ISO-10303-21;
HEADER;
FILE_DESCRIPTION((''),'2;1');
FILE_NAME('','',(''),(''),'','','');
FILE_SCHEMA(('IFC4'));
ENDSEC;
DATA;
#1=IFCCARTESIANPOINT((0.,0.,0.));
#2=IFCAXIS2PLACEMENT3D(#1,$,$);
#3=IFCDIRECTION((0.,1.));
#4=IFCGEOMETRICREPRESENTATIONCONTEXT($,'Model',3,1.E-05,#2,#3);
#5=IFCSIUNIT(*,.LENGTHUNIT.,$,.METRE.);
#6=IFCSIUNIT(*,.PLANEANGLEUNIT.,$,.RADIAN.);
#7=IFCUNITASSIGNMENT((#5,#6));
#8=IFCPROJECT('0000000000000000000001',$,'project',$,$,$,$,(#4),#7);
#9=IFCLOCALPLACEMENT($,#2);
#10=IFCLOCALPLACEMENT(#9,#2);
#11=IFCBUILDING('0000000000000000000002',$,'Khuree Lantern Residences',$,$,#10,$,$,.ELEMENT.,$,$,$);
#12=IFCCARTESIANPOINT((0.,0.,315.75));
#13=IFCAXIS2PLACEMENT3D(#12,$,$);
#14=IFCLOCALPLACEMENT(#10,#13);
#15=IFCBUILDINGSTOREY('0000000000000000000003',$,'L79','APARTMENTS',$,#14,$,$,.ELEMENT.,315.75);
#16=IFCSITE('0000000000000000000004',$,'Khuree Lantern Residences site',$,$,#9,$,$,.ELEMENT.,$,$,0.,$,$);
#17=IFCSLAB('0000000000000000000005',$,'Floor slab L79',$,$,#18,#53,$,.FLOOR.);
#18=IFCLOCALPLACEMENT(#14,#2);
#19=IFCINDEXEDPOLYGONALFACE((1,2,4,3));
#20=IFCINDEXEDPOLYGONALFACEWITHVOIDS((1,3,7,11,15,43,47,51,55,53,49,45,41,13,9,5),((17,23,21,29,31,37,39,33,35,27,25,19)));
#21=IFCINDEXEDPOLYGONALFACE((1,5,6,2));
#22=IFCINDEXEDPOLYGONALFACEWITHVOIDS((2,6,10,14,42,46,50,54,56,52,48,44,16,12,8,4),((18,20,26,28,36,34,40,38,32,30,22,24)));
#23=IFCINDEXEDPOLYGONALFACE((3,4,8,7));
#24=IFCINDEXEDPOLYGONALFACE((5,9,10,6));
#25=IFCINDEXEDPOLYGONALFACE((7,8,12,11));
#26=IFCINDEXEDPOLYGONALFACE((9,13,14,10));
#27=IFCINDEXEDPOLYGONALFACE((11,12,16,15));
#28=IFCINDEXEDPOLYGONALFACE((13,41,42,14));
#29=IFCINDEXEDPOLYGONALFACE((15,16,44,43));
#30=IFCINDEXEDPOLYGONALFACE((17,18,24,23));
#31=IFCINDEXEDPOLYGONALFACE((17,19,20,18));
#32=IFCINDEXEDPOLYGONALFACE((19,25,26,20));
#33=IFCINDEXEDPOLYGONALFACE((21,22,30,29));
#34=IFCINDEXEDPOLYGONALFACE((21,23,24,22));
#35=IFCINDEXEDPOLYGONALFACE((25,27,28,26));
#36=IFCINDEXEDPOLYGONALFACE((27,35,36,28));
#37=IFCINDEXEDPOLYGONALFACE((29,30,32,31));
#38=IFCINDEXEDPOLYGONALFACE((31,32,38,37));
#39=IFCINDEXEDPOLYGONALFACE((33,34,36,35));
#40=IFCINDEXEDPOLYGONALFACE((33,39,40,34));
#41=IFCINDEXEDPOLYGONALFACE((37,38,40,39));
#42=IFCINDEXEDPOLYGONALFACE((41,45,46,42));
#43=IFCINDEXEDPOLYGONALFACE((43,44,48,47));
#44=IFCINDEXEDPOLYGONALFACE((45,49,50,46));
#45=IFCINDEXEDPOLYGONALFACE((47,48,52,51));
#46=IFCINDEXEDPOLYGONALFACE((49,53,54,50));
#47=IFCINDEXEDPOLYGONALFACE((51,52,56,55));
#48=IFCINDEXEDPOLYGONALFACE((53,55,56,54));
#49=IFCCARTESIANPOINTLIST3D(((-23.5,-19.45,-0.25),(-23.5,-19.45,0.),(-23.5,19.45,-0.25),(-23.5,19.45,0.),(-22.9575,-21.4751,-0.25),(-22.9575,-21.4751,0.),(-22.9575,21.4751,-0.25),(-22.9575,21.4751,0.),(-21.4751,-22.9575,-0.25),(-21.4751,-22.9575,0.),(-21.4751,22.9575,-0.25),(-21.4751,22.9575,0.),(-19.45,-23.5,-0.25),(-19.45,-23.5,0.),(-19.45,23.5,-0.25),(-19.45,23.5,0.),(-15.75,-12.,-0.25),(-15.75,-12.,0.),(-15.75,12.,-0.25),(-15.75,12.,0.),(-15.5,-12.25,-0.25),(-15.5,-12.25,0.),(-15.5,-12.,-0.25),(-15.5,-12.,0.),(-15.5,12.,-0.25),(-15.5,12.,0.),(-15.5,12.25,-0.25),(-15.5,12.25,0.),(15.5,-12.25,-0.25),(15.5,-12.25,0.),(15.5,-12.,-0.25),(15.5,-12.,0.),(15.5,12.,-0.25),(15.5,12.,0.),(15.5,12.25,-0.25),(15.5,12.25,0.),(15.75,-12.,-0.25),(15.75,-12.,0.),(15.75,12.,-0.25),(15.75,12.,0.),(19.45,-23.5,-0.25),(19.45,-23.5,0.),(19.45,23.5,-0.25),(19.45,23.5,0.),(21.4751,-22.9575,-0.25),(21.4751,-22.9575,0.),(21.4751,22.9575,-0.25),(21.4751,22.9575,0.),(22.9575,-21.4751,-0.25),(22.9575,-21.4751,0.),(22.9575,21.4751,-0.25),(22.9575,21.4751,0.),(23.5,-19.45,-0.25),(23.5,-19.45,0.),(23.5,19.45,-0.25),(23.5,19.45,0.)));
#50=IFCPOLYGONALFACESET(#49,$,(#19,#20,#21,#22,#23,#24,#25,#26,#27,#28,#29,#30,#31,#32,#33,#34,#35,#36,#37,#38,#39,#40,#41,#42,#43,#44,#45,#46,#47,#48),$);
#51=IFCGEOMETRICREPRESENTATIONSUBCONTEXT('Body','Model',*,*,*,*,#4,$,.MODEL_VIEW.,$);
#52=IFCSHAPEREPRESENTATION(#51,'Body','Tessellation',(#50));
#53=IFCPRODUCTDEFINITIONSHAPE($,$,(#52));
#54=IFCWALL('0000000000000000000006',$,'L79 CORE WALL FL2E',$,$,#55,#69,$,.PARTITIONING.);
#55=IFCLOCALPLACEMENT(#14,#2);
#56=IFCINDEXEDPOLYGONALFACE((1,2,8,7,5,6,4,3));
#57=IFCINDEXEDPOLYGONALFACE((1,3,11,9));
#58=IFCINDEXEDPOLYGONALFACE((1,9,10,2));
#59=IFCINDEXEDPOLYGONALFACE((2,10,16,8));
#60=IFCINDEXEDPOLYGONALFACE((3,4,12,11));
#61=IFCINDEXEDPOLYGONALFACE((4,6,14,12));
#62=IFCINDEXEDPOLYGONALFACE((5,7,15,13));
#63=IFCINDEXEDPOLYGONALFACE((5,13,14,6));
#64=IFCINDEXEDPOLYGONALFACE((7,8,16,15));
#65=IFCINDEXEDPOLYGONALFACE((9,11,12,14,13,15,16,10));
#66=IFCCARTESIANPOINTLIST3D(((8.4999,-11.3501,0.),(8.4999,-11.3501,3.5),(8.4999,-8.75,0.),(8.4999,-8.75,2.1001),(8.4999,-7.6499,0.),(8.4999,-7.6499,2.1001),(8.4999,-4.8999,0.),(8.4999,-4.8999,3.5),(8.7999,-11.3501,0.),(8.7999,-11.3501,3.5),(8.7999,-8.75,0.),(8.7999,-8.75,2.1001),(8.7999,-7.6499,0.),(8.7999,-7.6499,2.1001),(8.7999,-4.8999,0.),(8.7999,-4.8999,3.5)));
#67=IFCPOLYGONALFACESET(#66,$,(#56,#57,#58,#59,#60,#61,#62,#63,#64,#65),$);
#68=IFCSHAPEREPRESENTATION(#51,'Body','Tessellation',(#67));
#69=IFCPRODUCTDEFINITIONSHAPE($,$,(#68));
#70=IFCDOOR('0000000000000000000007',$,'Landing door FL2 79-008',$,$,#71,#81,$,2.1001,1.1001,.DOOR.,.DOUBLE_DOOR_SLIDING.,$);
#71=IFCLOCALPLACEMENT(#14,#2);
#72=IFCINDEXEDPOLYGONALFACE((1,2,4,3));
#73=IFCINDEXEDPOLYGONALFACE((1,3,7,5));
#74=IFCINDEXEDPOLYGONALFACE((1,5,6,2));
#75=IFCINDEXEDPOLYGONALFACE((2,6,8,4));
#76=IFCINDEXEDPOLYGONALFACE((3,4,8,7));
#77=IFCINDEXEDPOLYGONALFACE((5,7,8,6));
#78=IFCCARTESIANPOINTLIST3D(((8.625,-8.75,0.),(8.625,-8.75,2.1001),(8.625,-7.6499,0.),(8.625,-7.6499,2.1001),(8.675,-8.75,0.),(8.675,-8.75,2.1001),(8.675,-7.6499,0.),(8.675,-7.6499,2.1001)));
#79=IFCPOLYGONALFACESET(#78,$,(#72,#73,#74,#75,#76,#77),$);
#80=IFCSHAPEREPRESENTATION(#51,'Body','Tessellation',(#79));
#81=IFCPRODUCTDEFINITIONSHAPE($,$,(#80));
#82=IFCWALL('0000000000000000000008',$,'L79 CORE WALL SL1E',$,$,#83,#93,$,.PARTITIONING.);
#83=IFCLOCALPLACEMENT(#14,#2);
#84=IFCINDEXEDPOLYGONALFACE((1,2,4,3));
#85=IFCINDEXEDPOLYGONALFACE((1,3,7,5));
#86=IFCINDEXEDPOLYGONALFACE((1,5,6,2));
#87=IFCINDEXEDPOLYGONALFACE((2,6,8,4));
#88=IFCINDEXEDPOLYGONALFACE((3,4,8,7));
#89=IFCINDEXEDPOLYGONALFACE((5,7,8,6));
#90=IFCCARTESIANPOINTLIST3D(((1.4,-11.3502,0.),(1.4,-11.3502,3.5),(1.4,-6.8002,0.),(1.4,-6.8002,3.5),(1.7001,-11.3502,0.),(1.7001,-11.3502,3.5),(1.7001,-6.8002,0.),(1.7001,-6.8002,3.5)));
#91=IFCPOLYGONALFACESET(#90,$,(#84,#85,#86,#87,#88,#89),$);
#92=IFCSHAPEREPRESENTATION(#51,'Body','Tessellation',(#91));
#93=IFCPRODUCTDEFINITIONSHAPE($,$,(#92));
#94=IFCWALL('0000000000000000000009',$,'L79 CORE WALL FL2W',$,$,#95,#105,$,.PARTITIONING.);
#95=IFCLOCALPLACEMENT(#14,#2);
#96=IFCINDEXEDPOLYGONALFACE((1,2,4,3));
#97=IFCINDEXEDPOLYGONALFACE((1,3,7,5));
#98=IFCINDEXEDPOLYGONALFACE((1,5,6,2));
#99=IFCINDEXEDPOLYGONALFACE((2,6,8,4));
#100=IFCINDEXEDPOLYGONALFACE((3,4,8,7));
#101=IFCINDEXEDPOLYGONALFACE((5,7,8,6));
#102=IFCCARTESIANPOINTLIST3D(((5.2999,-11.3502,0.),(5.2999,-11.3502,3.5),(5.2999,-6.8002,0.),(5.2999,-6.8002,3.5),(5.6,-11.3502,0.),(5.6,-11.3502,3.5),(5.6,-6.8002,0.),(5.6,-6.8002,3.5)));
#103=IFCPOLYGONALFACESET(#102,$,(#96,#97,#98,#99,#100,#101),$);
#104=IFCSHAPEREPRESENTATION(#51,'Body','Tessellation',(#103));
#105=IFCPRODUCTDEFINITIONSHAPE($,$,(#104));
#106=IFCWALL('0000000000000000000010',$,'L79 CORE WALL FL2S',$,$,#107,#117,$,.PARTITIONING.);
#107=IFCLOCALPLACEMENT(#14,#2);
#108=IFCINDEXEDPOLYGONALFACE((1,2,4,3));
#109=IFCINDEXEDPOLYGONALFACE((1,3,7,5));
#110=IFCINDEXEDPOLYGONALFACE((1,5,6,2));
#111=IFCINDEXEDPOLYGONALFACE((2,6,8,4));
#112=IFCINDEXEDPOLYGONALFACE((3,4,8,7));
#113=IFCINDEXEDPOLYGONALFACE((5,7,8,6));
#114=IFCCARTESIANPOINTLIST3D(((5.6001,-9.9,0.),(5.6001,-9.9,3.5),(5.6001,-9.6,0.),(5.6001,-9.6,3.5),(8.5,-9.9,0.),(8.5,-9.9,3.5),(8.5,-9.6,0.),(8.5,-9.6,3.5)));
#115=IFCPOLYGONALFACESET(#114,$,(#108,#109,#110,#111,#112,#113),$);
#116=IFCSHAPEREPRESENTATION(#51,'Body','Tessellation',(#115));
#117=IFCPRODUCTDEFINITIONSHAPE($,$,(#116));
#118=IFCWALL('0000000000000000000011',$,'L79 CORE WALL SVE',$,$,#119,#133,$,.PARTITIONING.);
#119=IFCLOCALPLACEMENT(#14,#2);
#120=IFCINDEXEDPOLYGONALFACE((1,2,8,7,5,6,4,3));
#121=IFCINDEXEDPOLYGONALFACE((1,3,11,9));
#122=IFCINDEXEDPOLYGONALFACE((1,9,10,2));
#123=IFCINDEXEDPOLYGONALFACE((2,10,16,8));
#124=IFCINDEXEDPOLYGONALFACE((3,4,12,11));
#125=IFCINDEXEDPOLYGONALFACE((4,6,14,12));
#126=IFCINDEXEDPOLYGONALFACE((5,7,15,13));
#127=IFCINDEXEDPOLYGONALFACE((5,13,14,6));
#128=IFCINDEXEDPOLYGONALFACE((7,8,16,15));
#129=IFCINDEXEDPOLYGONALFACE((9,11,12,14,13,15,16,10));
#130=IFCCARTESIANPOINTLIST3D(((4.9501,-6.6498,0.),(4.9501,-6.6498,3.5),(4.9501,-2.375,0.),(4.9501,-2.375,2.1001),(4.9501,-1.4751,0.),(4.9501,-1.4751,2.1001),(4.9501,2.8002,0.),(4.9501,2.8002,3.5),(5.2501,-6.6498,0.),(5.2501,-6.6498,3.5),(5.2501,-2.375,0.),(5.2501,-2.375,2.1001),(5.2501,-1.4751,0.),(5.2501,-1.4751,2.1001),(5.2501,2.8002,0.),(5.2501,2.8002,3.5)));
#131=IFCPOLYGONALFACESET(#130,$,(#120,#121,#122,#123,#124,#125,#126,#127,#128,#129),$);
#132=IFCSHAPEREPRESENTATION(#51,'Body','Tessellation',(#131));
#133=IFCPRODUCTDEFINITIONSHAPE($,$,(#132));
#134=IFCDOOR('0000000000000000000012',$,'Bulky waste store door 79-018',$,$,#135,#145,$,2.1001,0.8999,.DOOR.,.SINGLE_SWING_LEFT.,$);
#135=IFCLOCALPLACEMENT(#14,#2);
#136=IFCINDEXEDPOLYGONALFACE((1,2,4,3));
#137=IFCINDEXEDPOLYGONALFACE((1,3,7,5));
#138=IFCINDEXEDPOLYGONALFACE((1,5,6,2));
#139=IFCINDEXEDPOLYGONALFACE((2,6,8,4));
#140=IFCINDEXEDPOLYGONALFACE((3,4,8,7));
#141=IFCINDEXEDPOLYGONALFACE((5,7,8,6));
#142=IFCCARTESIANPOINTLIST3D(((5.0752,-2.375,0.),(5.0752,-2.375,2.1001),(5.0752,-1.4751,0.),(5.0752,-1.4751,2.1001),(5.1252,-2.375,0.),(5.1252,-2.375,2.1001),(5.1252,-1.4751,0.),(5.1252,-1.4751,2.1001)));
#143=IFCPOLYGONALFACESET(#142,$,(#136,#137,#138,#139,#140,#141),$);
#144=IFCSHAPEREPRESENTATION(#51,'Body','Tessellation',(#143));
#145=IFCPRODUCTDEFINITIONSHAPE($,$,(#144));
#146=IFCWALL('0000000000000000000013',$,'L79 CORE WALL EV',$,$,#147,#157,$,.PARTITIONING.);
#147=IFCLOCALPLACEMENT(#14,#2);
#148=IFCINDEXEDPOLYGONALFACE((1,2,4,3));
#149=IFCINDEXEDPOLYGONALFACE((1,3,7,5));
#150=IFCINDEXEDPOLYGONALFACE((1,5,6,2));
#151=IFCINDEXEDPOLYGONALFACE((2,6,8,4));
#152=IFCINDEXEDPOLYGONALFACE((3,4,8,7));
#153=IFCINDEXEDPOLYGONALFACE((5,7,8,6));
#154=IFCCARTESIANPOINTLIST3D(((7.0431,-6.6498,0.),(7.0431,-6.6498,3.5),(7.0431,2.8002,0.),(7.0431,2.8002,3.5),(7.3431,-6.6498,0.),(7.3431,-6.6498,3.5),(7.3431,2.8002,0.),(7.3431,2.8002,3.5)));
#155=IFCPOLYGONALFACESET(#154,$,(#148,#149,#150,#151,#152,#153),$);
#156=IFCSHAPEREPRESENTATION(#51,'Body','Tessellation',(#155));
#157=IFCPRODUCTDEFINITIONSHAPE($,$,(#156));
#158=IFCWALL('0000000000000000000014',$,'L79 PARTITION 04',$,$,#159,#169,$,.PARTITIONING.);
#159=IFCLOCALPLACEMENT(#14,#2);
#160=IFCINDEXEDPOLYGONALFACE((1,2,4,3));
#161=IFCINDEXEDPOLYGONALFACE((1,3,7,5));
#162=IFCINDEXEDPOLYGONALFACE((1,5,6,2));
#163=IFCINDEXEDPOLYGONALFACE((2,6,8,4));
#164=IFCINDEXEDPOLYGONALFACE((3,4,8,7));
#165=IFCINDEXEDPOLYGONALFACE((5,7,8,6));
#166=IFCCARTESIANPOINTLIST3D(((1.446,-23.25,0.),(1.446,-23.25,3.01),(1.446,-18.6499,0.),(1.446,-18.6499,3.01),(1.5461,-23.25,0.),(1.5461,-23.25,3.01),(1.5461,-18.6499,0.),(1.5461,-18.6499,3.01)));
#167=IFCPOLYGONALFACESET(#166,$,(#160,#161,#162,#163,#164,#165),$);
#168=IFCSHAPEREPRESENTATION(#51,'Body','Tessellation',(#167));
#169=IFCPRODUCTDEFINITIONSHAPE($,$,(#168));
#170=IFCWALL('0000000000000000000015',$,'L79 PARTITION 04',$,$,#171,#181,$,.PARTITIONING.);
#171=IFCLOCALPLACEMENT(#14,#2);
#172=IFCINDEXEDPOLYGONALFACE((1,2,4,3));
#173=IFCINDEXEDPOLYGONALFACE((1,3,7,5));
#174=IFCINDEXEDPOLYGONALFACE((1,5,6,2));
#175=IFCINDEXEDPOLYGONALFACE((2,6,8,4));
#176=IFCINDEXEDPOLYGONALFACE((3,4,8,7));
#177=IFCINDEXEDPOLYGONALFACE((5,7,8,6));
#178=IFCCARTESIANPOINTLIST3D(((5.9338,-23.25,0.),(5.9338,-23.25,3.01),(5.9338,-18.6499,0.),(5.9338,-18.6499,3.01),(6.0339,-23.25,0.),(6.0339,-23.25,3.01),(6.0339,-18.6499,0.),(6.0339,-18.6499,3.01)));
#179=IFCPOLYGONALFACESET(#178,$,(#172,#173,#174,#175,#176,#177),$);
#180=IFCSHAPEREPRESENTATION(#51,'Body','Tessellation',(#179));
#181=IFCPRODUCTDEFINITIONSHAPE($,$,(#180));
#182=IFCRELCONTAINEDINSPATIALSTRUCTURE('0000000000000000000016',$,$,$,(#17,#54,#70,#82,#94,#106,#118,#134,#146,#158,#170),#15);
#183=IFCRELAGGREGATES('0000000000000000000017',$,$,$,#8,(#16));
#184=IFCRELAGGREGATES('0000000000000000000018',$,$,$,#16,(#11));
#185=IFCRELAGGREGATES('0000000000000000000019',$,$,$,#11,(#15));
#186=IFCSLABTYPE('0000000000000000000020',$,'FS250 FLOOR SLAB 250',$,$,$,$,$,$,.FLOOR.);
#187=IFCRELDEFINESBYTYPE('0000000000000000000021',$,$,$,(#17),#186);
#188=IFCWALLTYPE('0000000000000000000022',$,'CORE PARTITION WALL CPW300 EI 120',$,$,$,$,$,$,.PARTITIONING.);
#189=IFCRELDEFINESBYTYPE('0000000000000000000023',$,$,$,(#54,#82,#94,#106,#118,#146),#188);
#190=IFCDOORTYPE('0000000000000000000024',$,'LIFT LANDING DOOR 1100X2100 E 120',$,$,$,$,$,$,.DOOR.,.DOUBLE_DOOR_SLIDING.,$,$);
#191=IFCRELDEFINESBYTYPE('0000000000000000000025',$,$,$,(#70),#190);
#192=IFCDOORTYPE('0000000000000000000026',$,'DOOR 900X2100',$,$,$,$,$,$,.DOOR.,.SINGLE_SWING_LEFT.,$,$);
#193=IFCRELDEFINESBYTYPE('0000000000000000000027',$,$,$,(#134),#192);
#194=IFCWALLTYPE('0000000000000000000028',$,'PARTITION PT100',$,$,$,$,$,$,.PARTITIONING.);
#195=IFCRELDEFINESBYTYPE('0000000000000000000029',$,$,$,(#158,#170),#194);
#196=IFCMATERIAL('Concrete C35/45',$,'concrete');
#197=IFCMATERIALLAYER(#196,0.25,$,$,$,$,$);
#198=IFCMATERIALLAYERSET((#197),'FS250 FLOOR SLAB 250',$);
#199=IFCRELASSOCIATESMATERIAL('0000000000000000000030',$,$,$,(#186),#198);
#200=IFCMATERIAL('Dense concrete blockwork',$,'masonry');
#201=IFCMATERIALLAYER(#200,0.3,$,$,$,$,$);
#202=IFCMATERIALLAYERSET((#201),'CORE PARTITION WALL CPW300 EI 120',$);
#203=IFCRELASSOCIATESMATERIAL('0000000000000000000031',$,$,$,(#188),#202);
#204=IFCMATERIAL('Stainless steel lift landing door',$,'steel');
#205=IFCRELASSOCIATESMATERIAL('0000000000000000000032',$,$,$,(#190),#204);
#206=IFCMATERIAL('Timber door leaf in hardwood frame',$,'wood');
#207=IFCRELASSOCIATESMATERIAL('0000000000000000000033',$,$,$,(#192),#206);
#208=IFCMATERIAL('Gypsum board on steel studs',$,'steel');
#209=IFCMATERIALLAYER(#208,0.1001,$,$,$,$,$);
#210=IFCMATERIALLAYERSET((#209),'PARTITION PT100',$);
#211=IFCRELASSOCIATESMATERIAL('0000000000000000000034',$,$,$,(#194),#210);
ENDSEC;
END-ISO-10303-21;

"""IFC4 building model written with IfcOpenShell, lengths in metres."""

from ifc_helpers import new_model, si_unit, direction, frame, frame_2d, origin, place, context, subcontext, project, spatial, polyline, rectangle, outline, extrude, material, layer, layer_set, type_object, element, fill, save


model = new_model("IFC4")

# Units and contexts
model_context = context("Model", 3, precision=1e-05, world=origin(), true_north=direction((0.0, 1.0)))
body_context = subcontext(model_context, "Body", "Model", "MODEL_VIEW")
ifc_project = project(units=[si_unit("LENGTHUNIT", "METRE"), si_unit("PLANEANGLEUNIT", "RADIAN")], contexts=[model_context])

# Site, building, storey
site_placement = place(None, origin())
site = spatial("IfcSite", under=ifc_project, at=site_placement, Name="Khuree Lantern Residences site", CompositionType="ELEMENT", RefElevation=0.0)
building_placement = place(site_placement, origin())
building = spatial("IfcBuilding", under=site, at=building_placement, Name="Khuree Lantern Residences", CompositionType="ELEMENT")
storey_placement = place(building_placement, frame((0.0, 0.0, 315.75)))
storey = spatial("IfcBuildingStorey", under=building, at=storey_placement, Name="L79", Description="APARTMENTS", CompositionType="ELEMENT", Elevation=315.75)

# Slab
ifc_material_1 = material(Name="Concrete C35/45", Category="concrete")
ifc_layer_1 = layer(ifc_material_1, 0.25)
ifc_layer_set_1 = layer_set([ifc_layer_1], Name="FS250 FLOOR SLAB 250")
slab_type = type_object("IfcSlabType", Name="FS250 FLOOR SLAB 250", PredefinedType="FLOOR", material=ifc_layer_set_1)
slab_placement = place(storey_placement, frame((0.0, 0.0, -0.25)))
element("IfcSlab", 1, at=slab_placement, inside=storey, type_object=slab_type, Name="Floor slab L79", PredefinedType="FLOOR", context=body_context, shape_type="SweptSolid", body=[
    extrude(outline(polyline([(-21.4751, -22.9575), (-22.9575, -21.4751), (-23.5, -19.45), (-23.5, 19.45), (-22.9575, 21.4751), (-21.4751, 22.9575), (-19.45, 23.5), (19.45, 23.5), (21.4751, 22.9575), (22.9575, 21.4751), (23.5, 19.45), (23.5, -19.45), (22.9575, -21.4751), (21.4751, -22.9575), (19.45, -23.5), (-19.45, -23.5), (-21.4751, -22.9575)]), holes=[polyline([(15.75, 12.0), (15.5, 12.0), (15.5, 12.25), (-15.5, 12.25), (-15.5, 12.0), (-15.75, 12.0), (-15.75, -12.0), (-15.5, -12.0), (-15.5, -12.25), (15.5, -12.25), (15.5, -12.0), (15.75, -12.0), (15.75, 12.0)])]), origin(), (0.0, 0.0, 1.0), 0.25),
])

# Wall, opening, door
ifc_material_2 = material(Name="Dense concrete blockwork", Category="masonry")
ifc_layer_2 = layer(ifc_material_2, 0.3)
ifc_layer_set_2 = layer_set([ifc_layer_2], Name="CORE PARTITION WALL CPW300 EI 120")
wall_type_1 = type_object("IfcWallType", Name="CORE PARTITION WALL CPW300 EI 120", PredefinedType="PARTITIONING", material=ifc_layer_set_2)
wall_1_placement = place(storey_placement, frame((8.6499, -11.3501, 0.0), z_axis=(0.0, 0.0, 1.0), x_axis=(0.0, 1.0, 0.0)))
wall_1 = element("IfcWall", 2, at=wall_1_placement, inside=storey, type_object=wall_type_1, Name="L79 CORE WALL FL2E", PredefinedType="PARTITIONING", context=body_context, shape_type="SweptSolid", body=[
    extrude(rectangle(XDim=6.4502, YDim=0.3, at=frame_2d((3.2251, 0.0))), origin(), (0.0, 0.0, 1.0), 3.5),
])
opening_1_placement = place(wall_1_placement, frame((2.6001, 0.0, 0.0)))
opening_1 = element("IfcOpeningElement", 3, at=opening_1_placement, cuts=wall_1, PredefinedType="OPENING", context=body_context, shape_type="SweptSolid", body=[
    extrude(rectangle(XDim=1.1001, YDim=2.1001, at=frame_2d((0.55, 1.05))), frame((0.0, 0.1602, 0.0), z_axis=(0.0, -1.0, 0.0), x_axis=(1.0, 0.0, 0.0)), (0.0, 0.0, 1.0), 0.3201),
])
ifc_material_3 = material(Name="Stainless steel lift landing door", Category="steel")
door_type_1 = type_object("IfcDoorType", Name="LIFT LANDING DOOR 1100X2100 E 120", OperationType="DOUBLE_DOOR_SLIDING", PredefinedType="DOOR", material=ifc_material_3)
door_1_placement = place(opening_1_placement, origin())
door_1 = element("IfcDoor", 4, at=door_1_placement, inside=storey, type_object=door_type_1, Name="Landing door FL2 79-008", OperationType="DOUBLE_DOOR_SLIDING", OverallHeight=2.1001, OverallWidth=1.1001, PredefinedType="DOOR", context=body_context, shape_type="SweptSolid", body=[
    extrude(rectangle(XDim=1.1001, YDim=2.1001, at=frame_2d((0.55, 1.05))), frame((0.0, 0.0249, 0.0), z_axis=(0.0, -1.0, 0.0), x_axis=(1.0, 0.0, 0.0)), (0.0, 0.0, 1.0), 0.05),
])
fill(opening_1, door_1)

# Walls
for number, where, z_axis, x_axis, name in (
    (5, (1.55, -11.3501, 0.0), (0.0, 0.0, 1.0), (0.0, 1.0, 0.0), "L79 CORE WALL SL1E"),
    (6, (5.45, -11.3501, 0.0), (0.0, 0.0, 1.0), (0.0, 1.0, 0.0), "L79 CORE WALL FL2W"),
):
    element("IfcWall", number, at=place(storey_placement, frame(where, z_axis=z_axis, x_axis=x_axis)), inside=storey, type_object=wall_type_1, Name=name, PredefinedType="PARTITIONING", context=body_context, shape_type="SweptSolid", body=[
        extrude(rectangle(XDim=4.55, YDim=0.3, at=frame_2d((2.2749, 0.0))), origin(), (0.0, 0.0, 1.0), 3.5),
    ])
wall_2_placement = place(storey_placement, frame((5.6001, -9.75, 0.0), z_axis=(0.0, 0.0, 1.0), x_axis=(1.0, 0.0, 0.0)))
element("IfcWall", 7, at=wall_2_placement, inside=storey, type_object=wall_type_1, Name="L79 CORE WALL FL2S", PredefinedType="PARTITIONING", context=body_context, shape_type="SweptSolid", body=[
    extrude(rectangle(XDim=2.8999, YDim=0.3, at=frame_2d((1.45, 0.0))), origin(), (0.0, 0.0, 1.0), 3.5),
])

# Wall, opening, door
wall_3_placement = place(storey_placement, frame((5.1001, -6.6499, 0.0), z_axis=(0.0, 0.0, 1.0), x_axis=(0.0, 1.0, 0.0)))
wall_3 = element("IfcWall", 8, at=wall_3_placement, inside=storey, type_object=wall_type_1, Name="L79 CORE WALL SVE", PredefinedType="PARTITIONING", context=body_context, shape_type="SweptSolid", body=[
    extrude(rectangle(XDim=9.45, YDim=0.3, at=frame_2d((4.7251, 0.0))), origin(), (0.0, 0.0, 1.0), 3.5),
])
opening_2_placement = place(wall_3_placement, frame((4.2749, 0.0, 0.0)))
opening_2 = element("IfcOpeningElement", 9, at=opening_2_placement, cuts=wall_3, PredefinedType="OPENING", context=body_context, shape_type="SweptSolid", body=[
    extrude(rectangle(XDim=0.8999, YDim=2.1001, at=frame_2d((0.45, 1.05))), frame((0.0, 0.1602, 0.0), z_axis=(0.0, -1.0, 0.0), x_axis=(1.0, 0.0, 0.0)), (0.0, 0.0, 1.0), 0.3201),
])
ifc_material_4 = material(Name="Timber door leaf in hardwood frame", Category="wood")
door_type_2 = type_object("IfcDoorType", Name="DOOR 900X2100", OperationType="SINGLE_SWING_LEFT", PredefinedType="DOOR", material=ifc_material_4)
door_2_placement = place(opening_2_placement, origin())
door_2 = element("IfcDoor", 10, at=door_2_placement, inside=storey, type_object=door_type_2, Name="Bulky waste store door 79-018", OperationType="SINGLE_SWING_LEFT", OverallHeight=2.1001, OverallWidth=0.8999, PredefinedType="DOOR", context=body_context, shape_type="SweptSolid", body=[
    extrude(rectangle(XDim=0.8999, YDim=2.1001, at=frame_2d((0.45, 1.05))), frame((0.0, 0.0249, 0.0), z_axis=(0.0, -1.0, 0.0), x_axis=(1.0, 0.0, 0.0)), (0.0, 0.0, 1.0), 0.05),
])
fill(opening_2, door_2)

# Walls
wall_4_placement = place(storey_placement, frame((7.1931, -6.6499, 0.0), z_axis=(0.0, 0.0, 1.0), x_axis=(0.0, 1.0, 0.0)))
element("IfcWall", 11, at=wall_4_placement, inside=storey, type_object=wall_type_1, Name="L79 CORE WALL EV", PredefinedType="PARTITIONING", context=body_context, shape_type="SweptSolid", body=[
    extrude(rectangle(XDim=9.45, YDim=0.3, at=frame_2d((4.7251, 0.0))), origin(), (0.0, 0.0, 1.0), 3.5),
])
ifc_material_5 = material(Name="Gypsum board on steel studs", Category="steel")
ifc_layer_3 = layer(ifc_material_5, 0.1001)
ifc_layer_set_3 = layer_set([ifc_layer_3], Name="PARTITION PT100")
wall_type_2 = type_object("IfcWallType", Name="PARTITION PT100", PredefinedType="PARTITIONING", material=ifc_layer_set_3)
for number, where, z_axis, x_axis, name in (
    (12, (1.4961, -18.6499, 0.0), (0.0, 0.0, 1.0), (0.0, -1.0, 0.0), "L79 PARTITION 04"),
    (13, (5.9839, -18.6499, 0.0), (0.0, 0.0, 1.0), (0.0, -1.0, 0.0), "L79 PARTITION 04"),
):
    element("IfcWall", number, at=place(storey_placement, frame(where, z_axis=z_axis, x_axis=x_axis)), inside=storey, type_object=wall_type_2, Name=name, PredefinedType="PARTITIONING", context=body_context, shape_type="SweptSolid", body=[
        extrude(rectangle(XDim=4.6001, YDim=0.1001, at=frame_2d((2.3, 0.0))), origin(), (0.0, 0.0, 1.0), 3.01),
    ])

save(model, "model.ifc")
